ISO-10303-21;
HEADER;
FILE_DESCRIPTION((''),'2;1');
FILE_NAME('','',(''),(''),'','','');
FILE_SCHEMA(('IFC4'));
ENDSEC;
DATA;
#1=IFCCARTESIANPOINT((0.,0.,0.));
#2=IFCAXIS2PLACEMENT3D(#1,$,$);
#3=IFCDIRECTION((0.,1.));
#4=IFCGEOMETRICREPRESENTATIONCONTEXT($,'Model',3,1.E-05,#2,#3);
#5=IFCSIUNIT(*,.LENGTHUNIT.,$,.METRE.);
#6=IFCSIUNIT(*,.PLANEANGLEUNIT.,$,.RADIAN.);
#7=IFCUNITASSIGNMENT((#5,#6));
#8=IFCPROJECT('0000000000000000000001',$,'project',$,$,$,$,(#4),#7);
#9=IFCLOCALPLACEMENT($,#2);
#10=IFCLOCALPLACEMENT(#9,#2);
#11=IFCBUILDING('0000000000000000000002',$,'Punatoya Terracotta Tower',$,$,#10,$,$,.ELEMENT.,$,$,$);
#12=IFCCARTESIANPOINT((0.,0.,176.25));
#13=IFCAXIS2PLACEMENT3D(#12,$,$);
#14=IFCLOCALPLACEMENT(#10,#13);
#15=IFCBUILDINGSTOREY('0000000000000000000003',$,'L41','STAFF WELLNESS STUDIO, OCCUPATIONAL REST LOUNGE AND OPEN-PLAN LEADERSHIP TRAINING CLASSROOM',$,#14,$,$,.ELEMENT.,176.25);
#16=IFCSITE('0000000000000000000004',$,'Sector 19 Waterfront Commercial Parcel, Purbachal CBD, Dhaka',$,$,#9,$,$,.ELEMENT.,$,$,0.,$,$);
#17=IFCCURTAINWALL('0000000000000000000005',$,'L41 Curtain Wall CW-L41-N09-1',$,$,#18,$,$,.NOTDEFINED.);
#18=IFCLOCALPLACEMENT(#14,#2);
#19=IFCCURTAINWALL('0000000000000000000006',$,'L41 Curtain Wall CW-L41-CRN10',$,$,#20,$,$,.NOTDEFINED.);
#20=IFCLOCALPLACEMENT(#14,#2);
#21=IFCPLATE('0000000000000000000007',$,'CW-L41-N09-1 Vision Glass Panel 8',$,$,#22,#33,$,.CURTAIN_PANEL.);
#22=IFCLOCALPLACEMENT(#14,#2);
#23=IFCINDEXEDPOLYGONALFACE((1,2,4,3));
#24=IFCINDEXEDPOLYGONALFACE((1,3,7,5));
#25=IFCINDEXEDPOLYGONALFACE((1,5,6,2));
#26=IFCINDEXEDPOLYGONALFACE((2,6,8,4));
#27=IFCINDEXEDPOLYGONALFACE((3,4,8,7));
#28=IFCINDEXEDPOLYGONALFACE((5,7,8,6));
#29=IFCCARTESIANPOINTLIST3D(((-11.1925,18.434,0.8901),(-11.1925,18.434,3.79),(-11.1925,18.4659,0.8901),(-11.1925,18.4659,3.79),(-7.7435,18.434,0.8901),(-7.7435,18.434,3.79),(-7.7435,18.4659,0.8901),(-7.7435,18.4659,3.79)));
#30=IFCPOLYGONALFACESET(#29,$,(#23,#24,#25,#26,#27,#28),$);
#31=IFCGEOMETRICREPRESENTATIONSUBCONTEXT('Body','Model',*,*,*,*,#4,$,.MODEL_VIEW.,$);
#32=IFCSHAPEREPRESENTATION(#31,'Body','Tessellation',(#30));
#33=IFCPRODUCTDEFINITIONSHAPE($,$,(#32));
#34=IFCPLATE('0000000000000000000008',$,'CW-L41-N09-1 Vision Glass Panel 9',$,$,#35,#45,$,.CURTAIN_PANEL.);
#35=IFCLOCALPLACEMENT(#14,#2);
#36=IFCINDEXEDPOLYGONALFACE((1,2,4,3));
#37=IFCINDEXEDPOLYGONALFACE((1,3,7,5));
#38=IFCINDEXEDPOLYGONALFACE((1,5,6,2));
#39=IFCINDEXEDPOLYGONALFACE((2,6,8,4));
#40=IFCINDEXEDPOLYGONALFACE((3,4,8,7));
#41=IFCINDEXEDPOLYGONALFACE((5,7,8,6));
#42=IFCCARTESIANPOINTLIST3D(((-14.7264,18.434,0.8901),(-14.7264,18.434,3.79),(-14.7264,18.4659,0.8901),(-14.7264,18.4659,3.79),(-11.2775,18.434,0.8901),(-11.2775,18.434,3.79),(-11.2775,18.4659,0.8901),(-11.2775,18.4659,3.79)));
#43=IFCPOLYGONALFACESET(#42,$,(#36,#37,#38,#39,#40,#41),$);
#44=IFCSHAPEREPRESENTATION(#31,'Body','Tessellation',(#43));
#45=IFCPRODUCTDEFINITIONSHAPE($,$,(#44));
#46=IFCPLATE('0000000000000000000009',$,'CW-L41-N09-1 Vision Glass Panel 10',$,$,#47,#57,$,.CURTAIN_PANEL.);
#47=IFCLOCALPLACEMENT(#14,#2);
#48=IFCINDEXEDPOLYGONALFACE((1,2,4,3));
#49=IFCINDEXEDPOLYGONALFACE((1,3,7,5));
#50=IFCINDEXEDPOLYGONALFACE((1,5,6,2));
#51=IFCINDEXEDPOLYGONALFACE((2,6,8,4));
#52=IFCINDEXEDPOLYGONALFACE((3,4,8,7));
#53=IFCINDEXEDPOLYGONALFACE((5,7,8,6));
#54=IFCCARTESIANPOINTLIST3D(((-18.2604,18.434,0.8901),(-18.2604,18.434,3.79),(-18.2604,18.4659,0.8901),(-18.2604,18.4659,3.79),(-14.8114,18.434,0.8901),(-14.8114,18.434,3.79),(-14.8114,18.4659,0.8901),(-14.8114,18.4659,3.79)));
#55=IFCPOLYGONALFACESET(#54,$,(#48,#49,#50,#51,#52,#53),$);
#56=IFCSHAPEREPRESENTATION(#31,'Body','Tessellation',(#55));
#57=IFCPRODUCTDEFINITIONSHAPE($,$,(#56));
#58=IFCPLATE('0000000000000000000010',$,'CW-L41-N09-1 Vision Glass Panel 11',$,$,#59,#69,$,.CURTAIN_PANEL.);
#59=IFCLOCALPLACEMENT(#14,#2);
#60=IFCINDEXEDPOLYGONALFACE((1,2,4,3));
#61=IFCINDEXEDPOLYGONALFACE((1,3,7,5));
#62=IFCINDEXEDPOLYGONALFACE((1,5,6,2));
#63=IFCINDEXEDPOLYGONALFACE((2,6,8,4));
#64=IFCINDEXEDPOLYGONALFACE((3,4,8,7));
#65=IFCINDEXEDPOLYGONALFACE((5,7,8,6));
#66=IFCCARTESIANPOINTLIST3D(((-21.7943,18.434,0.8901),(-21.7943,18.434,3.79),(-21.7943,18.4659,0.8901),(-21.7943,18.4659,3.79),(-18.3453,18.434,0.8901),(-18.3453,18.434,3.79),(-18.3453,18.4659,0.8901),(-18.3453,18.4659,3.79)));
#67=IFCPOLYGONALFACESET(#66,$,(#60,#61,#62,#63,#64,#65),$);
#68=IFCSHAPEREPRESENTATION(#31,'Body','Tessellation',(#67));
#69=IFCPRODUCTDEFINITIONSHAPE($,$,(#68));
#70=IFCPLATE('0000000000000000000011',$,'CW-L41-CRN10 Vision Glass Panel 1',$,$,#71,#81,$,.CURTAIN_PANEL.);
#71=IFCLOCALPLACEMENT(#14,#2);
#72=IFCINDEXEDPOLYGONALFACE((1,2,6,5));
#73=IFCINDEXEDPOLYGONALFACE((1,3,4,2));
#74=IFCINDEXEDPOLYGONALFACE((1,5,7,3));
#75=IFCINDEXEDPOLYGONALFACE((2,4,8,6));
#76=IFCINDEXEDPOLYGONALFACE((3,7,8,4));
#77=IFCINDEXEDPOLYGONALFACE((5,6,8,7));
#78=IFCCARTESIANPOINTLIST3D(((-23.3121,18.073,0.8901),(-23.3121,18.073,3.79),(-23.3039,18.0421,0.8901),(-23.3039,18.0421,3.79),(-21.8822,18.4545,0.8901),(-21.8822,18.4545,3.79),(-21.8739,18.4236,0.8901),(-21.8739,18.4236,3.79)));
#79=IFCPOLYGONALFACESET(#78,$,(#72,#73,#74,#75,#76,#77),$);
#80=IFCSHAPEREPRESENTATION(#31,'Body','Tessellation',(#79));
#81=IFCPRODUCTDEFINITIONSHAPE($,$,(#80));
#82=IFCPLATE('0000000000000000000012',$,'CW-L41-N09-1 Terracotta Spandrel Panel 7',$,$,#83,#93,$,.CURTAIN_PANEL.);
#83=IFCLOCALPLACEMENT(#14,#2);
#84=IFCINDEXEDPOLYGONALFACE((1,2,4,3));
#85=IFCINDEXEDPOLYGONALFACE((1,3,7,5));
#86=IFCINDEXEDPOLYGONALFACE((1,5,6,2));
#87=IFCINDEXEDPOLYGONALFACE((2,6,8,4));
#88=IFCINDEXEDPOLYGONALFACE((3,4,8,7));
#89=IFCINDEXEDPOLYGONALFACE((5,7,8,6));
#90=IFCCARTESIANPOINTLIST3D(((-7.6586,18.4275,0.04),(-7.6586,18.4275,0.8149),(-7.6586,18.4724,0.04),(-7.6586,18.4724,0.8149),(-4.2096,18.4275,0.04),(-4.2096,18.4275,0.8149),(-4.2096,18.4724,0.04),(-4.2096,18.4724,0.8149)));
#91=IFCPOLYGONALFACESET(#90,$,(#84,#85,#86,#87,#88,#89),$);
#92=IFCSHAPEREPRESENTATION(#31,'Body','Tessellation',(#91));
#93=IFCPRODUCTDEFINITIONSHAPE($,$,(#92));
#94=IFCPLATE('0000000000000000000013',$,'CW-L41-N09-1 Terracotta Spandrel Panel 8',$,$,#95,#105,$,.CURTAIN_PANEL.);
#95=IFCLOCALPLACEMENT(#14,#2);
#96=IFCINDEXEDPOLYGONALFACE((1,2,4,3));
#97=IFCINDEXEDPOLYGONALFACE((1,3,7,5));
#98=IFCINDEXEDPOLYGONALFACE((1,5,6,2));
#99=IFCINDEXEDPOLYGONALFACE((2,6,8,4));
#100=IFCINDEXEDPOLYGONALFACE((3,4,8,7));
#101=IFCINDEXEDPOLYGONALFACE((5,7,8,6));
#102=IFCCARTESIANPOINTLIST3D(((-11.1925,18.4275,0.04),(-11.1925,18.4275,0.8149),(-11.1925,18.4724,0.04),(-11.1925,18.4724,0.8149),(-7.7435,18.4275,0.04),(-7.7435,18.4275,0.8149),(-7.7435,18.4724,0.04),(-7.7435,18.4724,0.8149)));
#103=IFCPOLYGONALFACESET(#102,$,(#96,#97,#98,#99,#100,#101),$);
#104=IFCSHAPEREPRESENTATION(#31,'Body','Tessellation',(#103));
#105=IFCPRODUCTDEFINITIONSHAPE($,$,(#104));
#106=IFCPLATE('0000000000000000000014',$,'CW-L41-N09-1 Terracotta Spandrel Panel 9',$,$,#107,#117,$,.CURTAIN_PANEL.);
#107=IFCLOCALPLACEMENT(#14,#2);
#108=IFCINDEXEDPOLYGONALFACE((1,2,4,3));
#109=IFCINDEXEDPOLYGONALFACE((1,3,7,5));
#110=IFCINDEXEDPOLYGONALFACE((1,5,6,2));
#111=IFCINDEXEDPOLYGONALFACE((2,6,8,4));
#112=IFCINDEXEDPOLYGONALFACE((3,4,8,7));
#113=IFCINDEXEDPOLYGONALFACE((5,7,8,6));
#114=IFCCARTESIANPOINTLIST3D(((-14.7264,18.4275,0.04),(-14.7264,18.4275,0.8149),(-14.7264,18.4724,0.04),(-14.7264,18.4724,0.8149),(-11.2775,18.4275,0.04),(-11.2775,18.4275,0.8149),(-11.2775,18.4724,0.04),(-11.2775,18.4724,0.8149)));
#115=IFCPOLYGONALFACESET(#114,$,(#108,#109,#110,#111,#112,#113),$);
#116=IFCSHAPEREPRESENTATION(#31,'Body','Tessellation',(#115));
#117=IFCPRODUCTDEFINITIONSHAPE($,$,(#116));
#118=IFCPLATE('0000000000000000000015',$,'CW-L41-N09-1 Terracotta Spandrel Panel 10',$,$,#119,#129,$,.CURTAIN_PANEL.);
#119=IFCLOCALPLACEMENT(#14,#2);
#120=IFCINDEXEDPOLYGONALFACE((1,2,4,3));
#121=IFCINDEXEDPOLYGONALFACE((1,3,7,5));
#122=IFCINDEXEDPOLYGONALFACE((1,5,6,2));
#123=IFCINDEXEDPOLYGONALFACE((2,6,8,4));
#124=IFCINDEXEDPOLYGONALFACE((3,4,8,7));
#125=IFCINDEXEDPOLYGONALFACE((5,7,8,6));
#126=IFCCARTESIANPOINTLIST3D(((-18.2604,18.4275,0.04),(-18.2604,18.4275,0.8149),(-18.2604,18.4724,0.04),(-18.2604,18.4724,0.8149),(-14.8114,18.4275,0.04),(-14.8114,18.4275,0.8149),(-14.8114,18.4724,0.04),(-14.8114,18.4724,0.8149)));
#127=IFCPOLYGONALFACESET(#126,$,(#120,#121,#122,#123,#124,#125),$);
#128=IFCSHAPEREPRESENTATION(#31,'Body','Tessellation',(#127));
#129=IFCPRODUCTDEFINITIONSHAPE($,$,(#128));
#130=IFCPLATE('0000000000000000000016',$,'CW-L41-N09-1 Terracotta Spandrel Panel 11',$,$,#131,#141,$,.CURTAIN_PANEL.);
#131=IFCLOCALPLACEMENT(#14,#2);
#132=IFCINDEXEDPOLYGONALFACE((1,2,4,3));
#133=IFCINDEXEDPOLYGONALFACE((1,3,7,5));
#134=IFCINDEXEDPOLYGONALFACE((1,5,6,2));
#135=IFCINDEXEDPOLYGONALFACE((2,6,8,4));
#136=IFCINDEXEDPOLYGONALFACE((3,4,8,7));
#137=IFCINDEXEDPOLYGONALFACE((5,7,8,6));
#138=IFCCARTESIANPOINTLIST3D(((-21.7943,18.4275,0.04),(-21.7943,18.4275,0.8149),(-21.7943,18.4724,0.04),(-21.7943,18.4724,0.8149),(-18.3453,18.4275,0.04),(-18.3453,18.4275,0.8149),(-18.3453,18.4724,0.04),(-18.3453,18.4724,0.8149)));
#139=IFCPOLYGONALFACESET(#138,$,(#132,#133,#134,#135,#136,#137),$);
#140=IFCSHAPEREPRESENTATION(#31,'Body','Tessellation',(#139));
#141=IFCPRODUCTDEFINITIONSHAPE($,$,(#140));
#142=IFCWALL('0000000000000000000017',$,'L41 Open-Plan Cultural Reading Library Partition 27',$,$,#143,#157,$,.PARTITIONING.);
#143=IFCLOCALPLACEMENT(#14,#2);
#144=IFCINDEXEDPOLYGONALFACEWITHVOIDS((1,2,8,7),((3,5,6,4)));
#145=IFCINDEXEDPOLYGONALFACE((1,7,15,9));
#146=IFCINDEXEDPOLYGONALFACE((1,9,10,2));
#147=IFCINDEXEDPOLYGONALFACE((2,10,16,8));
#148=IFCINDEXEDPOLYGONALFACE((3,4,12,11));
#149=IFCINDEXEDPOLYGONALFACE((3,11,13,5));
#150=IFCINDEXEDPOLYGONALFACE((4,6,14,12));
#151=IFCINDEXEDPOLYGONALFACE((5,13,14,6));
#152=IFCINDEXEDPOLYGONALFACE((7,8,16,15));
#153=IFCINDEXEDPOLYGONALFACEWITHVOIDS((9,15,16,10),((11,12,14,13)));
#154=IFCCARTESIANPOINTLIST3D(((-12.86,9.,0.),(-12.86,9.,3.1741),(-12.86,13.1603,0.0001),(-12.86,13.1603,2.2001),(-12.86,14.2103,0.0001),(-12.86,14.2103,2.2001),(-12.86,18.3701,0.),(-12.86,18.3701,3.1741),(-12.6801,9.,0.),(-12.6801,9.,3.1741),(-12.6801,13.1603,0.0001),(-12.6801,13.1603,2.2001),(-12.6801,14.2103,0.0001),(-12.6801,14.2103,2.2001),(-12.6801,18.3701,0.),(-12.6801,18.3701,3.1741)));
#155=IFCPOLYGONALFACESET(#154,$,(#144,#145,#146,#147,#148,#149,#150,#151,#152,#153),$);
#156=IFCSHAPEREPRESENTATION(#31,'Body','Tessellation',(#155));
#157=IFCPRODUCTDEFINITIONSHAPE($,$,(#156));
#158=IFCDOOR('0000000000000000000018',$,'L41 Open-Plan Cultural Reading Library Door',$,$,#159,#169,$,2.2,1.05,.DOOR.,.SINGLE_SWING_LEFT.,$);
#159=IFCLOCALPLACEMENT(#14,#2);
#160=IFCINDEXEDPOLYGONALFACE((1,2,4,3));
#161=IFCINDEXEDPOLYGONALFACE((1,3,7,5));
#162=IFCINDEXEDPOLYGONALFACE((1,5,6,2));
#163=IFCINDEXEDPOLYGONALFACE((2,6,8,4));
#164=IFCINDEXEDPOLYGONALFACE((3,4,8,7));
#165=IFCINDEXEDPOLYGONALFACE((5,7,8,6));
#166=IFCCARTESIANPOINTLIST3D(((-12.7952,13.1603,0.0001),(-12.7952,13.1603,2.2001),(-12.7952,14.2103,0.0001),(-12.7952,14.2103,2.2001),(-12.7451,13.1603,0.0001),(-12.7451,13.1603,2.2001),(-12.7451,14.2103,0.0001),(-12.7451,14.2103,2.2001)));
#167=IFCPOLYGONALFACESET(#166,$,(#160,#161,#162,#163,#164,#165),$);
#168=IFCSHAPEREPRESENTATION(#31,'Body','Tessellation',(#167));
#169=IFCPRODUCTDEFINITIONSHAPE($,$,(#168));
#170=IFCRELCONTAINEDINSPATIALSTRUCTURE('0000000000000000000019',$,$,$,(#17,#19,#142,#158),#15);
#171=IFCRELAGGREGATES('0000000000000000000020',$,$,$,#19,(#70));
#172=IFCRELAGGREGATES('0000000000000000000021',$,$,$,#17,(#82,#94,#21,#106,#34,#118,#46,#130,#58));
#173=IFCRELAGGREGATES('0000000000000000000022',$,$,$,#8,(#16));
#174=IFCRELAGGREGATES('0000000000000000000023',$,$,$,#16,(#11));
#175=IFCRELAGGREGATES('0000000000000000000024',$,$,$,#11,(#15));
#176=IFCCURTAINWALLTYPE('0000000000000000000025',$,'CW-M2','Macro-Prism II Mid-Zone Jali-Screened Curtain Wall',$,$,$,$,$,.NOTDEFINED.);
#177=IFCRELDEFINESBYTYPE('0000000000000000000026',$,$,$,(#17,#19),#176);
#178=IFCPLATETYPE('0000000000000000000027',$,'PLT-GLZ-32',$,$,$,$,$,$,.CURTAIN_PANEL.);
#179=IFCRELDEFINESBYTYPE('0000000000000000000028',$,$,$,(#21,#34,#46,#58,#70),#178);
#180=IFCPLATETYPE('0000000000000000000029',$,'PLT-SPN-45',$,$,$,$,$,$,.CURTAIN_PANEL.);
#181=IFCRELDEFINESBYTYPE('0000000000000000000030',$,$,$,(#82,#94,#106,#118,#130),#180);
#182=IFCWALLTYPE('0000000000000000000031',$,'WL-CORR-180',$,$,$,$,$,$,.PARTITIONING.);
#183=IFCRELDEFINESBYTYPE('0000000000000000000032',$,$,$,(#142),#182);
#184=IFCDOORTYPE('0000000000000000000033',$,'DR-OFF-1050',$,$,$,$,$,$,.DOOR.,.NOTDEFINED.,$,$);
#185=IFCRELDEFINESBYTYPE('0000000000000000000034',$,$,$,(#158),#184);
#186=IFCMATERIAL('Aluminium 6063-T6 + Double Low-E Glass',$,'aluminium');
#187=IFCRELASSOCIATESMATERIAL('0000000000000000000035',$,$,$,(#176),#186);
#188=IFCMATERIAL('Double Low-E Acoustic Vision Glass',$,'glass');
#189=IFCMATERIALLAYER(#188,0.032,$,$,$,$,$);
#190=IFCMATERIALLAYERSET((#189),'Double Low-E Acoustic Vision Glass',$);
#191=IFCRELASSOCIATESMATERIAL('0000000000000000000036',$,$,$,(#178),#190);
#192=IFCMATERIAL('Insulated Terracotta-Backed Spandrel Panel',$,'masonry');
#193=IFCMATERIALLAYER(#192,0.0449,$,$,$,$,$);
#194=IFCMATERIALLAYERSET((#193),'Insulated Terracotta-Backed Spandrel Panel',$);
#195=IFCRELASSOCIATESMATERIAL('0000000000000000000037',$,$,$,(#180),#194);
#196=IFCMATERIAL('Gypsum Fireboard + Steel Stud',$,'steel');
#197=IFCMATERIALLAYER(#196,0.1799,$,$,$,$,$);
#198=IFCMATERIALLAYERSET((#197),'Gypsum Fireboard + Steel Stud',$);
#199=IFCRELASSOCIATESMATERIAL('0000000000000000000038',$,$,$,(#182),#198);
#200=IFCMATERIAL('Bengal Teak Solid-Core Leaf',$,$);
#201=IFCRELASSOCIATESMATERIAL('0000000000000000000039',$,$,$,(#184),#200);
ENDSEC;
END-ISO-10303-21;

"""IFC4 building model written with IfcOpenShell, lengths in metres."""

from ifc_helpers import new_model, si_unit, direction, frame, frame_2d, origin, origin_2d, place, context, subcontext, project, spatial, rectangle, extrude, material, layer, layer_set, type_object, element, fill, aggregate, save


model = new_model("IFC4")

# Units and contexts
model_context = context("Model", 3, precision=1e-05, world=origin(), true_north=direction((0.0, 1.0)))
body_context = subcontext(model_context, "Body", "Model", "MODEL_VIEW")
ifc_project = project(units=[si_unit("LENGTHUNIT", "METRE"), si_unit("PLANEANGLEUNIT", "RADIAN")], contexts=[model_context])

# Site, building, storey
site_placement = place(None, origin())
site = spatial("IfcSite", under=ifc_project, at=site_placement, Name="Sector 19 Waterfront Commercial Parcel, Purbachal CBD, Dhaka", CompositionType="ELEMENT", RefElevation=0.0)
building_placement = place(site_placement, origin())
building = spatial("IfcBuilding", under=site, at=building_placement, Name="Punatoya Terracotta Tower", CompositionType="ELEMENT")
storey_placement = place(building_placement, frame((0.0, 0.0, 176.25)))
storey = spatial("IfcBuildingStorey", under=building, at=storey_placement, Name="L41", Description="STAFF WELLNESS STUDIO, OCCUPATIONAL REST LOUNGE AND OPEN-PLAN LEADERSHIP TRAINING CLASSROOM", CompositionType="ELEMENT", Elevation=176.25)

# Curtain walls
ifc_material_1 = material(Name="Aluminium 6063-T6 + Double Low-E Glass", Category="aluminium")
curtain_wall_type = type_object("IfcCurtainWallType", Name="CW-M2", Description="Macro-Prism II Mid-Zone Jali-Screened Curtain Wall", PredefinedType="NOTDEFINED", material=ifc_material_1)
curtain_wall_1_placement = place(storey_placement, origin())
curtain_wall_1 = element("IfcCurtainWall", 1, at=curtain_wall_1_placement, inside=storey, type_object=curtain_wall_type, Name="L41 Curtain Wall CW-L41-N09-1", PredefinedType="NOTDEFINED")
curtain_wall_2_placement = place(storey_placement, origin())
curtain_wall_2 = element("IfcCurtainWall", 2, at=curtain_wall_2_placement, inside=storey, type_object=curtain_wall_type, Name="L41 Curtain Wall CW-L41-CRN10", PredefinedType="NOTDEFINED")

# Plates
ifc_material_2 = material(Name="Double Low-E Acoustic Vision Glass", Category="glass")
ifc_layer_1 = layer(ifc_material_2, 0.032)
ifc_layer_set_1 = layer_set([ifc_layer_1], Name="Double Low-E Acoustic Vision Glass")
plate_type_1 = type_object("IfcPlateType", Name="PLT-GLZ-32", PredefinedType="CURTAIN_PANEL", material=ifc_layer_set_1)
plate_1_placement = place(storey_placement, frame((-9.468, 18.45, 0.8901), z_axis=(0.0, 0.0, 1.0), x_axis=(-1.0, 0.0, 0.0)))
plate_1 = element("IfcPlate", 3, at=plate_1_placement, type_object=plate_type_1, Name="CW-L41-N09-1 Vision Glass Panel 8", PredefinedType="CURTAIN_PANEL", context=body_context, shape_type="SweptSolid", body=[
    extrude(rectangle(XDim=3.449, YDim=0.032, at=origin_2d()), origin(), (0.0, 0.0, 1.0), 2.8999),
])
plate_2_placement = place(storey_placement, frame((-13.002, 18.45, 0.8901), z_axis=(0.0, 0.0, 1.0), x_axis=(-1.0, 0.0, 0.0)))
plate_2 = element("IfcPlate", 4, at=plate_2_placement, type_object=plate_type_1, Name="CW-L41-N09-1 Vision Glass Panel 9", PredefinedType="CURTAIN_PANEL", context=body_context, shape_type="SweptSolid", body=[
    extrude(rectangle(XDim=3.449, YDim=0.032, at=origin_2d()), origin(), (0.0, 0.0, 1.0), 2.8999),
])
plate_3_placement = place(storey_placement, frame((-16.5359, 18.45, 0.8901), z_axis=(0.0, 0.0, 1.0), x_axis=(-1.0, 0.0, 0.0)))
plate_3 = element("IfcPlate", 5, at=plate_3_placement, type_object=plate_type_1, Name="CW-L41-N09-1 Vision Glass Panel 10", PredefinedType="CURTAIN_PANEL", context=body_context, shape_type="SweptSolid", body=[
    extrude(rectangle(XDim=3.449, YDim=0.032, at=origin_2d()), origin(), (0.0, 0.0, 1.0), 2.8999),
])
plate_4_placement = place(storey_placement, frame((-20.0698, 18.45, 0.8901), z_axis=(0.0, 0.0, 1.0), x_axis=(-1.0, 0.0, 0.0)))
plate_4 = element("IfcPlate", 6, at=plate_4_placement, type_object=plate_type_1, Name="CW-L41-N09-1 Vision Glass Panel 11", PredefinedType="CURTAIN_PANEL", context=body_context, shape_type="SweptSolid", body=[
    extrude(rectangle(XDim=3.449, YDim=0.032, at=origin_2d()), origin(), (0.0, 0.0, 1.0), 2.8999),
])
plate_5_placement = place(storey_placement, frame((-22.593, 18.2483, 0.8901), z_axis=(0.0, 0.0, 1.0), x_axis=(-0.966214, -0.257742, 0.0)))
plate_5 = element("IfcPlate", 7, at=plate_5_placement, type_object=plate_type_1, Name="CW-L41-CRN10 Vision Glass Panel 1", PredefinedType="CURTAIN_PANEL", context=body_context, shape_type="SweptSolid", body=[
    extrude(rectangle(XDim=1.48, YDim=0.032, at=origin_2d()), origin(), (0.0, 0.0, 1.0), 2.8999),
])
aggregate(curtain_wall_2, [plate_5])
ifc_material_3 = material(Name="Insulated Terracotta-Backed Spandrel Panel", Category="masonry")
ifc_layer_2 = layer(ifc_material_3, 0.0449)
ifc_layer_set_2 = layer_set([ifc_layer_2], Name="Insulated Terracotta-Backed Spandrel Panel")
plate_type_2 = type_object("IfcPlateType", Name="PLT-SPN-45", PredefinedType="CURTAIN_PANEL", material=ifc_layer_set_2)
plate_6_placement = place(storey_placement, frame((-5.9341, 18.45, 0.04), z_axis=(0.0, 0.0, 1.0), x_axis=(-1.0, 0.0, 0.0)))
plate_6 = element("IfcPlate", 8, at=plate_6_placement, type_object=plate_type_2, Name="CW-L41-N09-1 Terracotta Spandrel Panel 7", PredefinedType="CURTAIN_PANEL", context=body_context, shape_type="SweptSolid", body=[
    extrude(rectangle(XDim=3.449, YDim=0.0449, at=origin_2d()), origin(), (0.0, 0.0, 1.0), 0.7749),
])
plate_7_placement = place(storey_placement, frame((-9.468, 18.45, 0.04), z_axis=(0.0, 0.0, 1.0), x_axis=(-1.0, 0.0, 0.0)))
plate_7 = element("IfcPlate", 9, at=plate_7_placement, type_object=plate_type_2, Name="CW-L41-N09-1 Terracotta Spandrel Panel 8", PredefinedType="CURTAIN_PANEL", context=body_context, shape_type="SweptSolid", body=[
    extrude(rectangle(XDim=3.449, YDim=0.0449, at=origin_2d()), origin(), (0.0, 0.0, 1.0), 0.7749),
])
plate_8_placement = place(storey_placement, frame((-13.002, 18.45, 0.04), z_axis=(0.0, 0.0, 1.0), x_axis=(-1.0, 0.0, 0.0)))
plate_8 = element("IfcPlate", 10, at=plate_8_placement, type_object=plate_type_2, Name="CW-L41-N09-1 Terracotta Spandrel Panel 9", PredefinedType="CURTAIN_PANEL", context=body_context, shape_type="SweptSolid", body=[
    extrude(rectangle(XDim=3.449, YDim=0.0449, at=origin_2d()), origin(), (0.0, 0.0, 1.0), 0.7749),
])
plate_9_placement = place(storey_placement, frame((-16.5359, 18.45, 0.04), z_axis=(0.0, 0.0, 1.0), x_axis=(-1.0, 0.0, 0.0)))
plate_9 = element("IfcPlate", 11, at=plate_9_placement, type_object=plate_type_2, Name="CW-L41-N09-1 Terracotta Spandrel Panel 10", PredefinedType="CURTAIN_PANEL", context=body_context, shape_type="SweptSolid", body=[
    extrude(rectangle(XDim=3.449, YDim=0.0449, at=origin_2d()), origin(), (0.0, 0.0, 1.0), 0.7749),
])
plate_10_placement = place(storey_placement, frame((-20.0698, 18.45, 0.04), z_axis=(0.0, 0.0, 1.0), x_axis=(-1.0, 0.0, 0.0)))
plate_10 = element("IfcPlate", 12, at=plate_10_placement, type_object=plate_type_2, Name="CW-L41-N09-1 Terracotta Spandrel Panel 11", PredefinedType="CURTAIN_PANEL", context=body_context, shape_type="SweptSolid", body=[
    extrude(rectangle(XDim=3.449, YDim=0.0449, at=origin_2d()), origin(), (0.0, 0.0, 1.0), 0.7749),
])
aggregate(curtain_wall_1, [plate_6, plate_7, plate_1, plate_8, plate_2, plate_9, plate_3, plate_10, plate_4])

# Wall, opening, door
ifc_material_4 = material(Name="Gypsum Fireboard + Steel Stud", Category="steel")
ifc_layer_3 = layer(ifc_material_4, 0.1799)
ifc_layer_set_3 = layer_set([ifc_layer_3], Name="Gypsum Fireboard + Steel Stud")
wall_type = type_object("IfcWallType", Name="WL-CORR-180", PredefinedType="PARTITIONING", material=ifc_layer_set_3)
wall_placement = place(storey_placement, frame((-12.77, 18.3701, 0.0), z_axis=(0.0, 0.0, 1.0), x_axis=(0.0, -1.0, 0.0)))
wall = element("IfcWall", 13, at=wall_placement, inside=storey, type_object=wall_type, Name="L41 Open-Plan Cultural Reading Library Partition 27", PredefinedType="PARTITIONING", context=body_context, shape_type="SweptSolid", body=[
    extrude(rectangle(XDim=9.3701, YDim=0.1799, at=frame_2d((4.6851, 0.0))), origin(), (0.0, 0.0, 1.0), 3.1741),
])
opening_placement = place(wall_placement, frame((4.1599, 0.0, 0.0)))
opening = element("IfcOpeningElement", 14, at=opening_placement, cuts=wall, PredefinedType="OPENING", context=body_context, shape_type="SweptSolid", body=[
    extrude(rectangle(XDim=1.05, YDim=2.2, at=frame_2d((0.5249, 1.1001))), frame((0.0, 0.0999, 0.0), z_axis=(0.0, -1.0, 0.0), x_axis=(1.0, 0.0, 0.0)), (0.0, 0.0, 1.0), 0.2),
])
ifc_material_5 = material(Name="Bengal Teak Solid-Core Leaf")
door_type = type_object("IfcDoorType", Name="DR-OFF-1050", OperationType="NOTDEFINED", PredefinedType="DOOR", material=ifc_material_5)
door_placement = place(opening_placement, origin())
door = element("IfcDoor", 15, at=door_placement, inside=storey, type_object=door_type, Name="L41 Open-Plan Cultural Reading Library Door", OperationType="SINGLE_SWING_LEFT", OverallHeight=2.2, OverallWidth=1.05, PredefinedType="DOOR", context=body_context, shape_type="SweptSolid", body=[
    extrude(rectangle(XDim=1.05, YDim=2.2, at=frame_2d((0.5249, 1.1001))), frame((0.0, 0.0249, 0.0), z_axis=(0.0, -1.0, 0.0), x_axis=(1.0, 0.0, 0.0)), (0.0, 0.0, 1.0), 0.05),
])
fill(opening, door)

save(model, "model.ifc")
